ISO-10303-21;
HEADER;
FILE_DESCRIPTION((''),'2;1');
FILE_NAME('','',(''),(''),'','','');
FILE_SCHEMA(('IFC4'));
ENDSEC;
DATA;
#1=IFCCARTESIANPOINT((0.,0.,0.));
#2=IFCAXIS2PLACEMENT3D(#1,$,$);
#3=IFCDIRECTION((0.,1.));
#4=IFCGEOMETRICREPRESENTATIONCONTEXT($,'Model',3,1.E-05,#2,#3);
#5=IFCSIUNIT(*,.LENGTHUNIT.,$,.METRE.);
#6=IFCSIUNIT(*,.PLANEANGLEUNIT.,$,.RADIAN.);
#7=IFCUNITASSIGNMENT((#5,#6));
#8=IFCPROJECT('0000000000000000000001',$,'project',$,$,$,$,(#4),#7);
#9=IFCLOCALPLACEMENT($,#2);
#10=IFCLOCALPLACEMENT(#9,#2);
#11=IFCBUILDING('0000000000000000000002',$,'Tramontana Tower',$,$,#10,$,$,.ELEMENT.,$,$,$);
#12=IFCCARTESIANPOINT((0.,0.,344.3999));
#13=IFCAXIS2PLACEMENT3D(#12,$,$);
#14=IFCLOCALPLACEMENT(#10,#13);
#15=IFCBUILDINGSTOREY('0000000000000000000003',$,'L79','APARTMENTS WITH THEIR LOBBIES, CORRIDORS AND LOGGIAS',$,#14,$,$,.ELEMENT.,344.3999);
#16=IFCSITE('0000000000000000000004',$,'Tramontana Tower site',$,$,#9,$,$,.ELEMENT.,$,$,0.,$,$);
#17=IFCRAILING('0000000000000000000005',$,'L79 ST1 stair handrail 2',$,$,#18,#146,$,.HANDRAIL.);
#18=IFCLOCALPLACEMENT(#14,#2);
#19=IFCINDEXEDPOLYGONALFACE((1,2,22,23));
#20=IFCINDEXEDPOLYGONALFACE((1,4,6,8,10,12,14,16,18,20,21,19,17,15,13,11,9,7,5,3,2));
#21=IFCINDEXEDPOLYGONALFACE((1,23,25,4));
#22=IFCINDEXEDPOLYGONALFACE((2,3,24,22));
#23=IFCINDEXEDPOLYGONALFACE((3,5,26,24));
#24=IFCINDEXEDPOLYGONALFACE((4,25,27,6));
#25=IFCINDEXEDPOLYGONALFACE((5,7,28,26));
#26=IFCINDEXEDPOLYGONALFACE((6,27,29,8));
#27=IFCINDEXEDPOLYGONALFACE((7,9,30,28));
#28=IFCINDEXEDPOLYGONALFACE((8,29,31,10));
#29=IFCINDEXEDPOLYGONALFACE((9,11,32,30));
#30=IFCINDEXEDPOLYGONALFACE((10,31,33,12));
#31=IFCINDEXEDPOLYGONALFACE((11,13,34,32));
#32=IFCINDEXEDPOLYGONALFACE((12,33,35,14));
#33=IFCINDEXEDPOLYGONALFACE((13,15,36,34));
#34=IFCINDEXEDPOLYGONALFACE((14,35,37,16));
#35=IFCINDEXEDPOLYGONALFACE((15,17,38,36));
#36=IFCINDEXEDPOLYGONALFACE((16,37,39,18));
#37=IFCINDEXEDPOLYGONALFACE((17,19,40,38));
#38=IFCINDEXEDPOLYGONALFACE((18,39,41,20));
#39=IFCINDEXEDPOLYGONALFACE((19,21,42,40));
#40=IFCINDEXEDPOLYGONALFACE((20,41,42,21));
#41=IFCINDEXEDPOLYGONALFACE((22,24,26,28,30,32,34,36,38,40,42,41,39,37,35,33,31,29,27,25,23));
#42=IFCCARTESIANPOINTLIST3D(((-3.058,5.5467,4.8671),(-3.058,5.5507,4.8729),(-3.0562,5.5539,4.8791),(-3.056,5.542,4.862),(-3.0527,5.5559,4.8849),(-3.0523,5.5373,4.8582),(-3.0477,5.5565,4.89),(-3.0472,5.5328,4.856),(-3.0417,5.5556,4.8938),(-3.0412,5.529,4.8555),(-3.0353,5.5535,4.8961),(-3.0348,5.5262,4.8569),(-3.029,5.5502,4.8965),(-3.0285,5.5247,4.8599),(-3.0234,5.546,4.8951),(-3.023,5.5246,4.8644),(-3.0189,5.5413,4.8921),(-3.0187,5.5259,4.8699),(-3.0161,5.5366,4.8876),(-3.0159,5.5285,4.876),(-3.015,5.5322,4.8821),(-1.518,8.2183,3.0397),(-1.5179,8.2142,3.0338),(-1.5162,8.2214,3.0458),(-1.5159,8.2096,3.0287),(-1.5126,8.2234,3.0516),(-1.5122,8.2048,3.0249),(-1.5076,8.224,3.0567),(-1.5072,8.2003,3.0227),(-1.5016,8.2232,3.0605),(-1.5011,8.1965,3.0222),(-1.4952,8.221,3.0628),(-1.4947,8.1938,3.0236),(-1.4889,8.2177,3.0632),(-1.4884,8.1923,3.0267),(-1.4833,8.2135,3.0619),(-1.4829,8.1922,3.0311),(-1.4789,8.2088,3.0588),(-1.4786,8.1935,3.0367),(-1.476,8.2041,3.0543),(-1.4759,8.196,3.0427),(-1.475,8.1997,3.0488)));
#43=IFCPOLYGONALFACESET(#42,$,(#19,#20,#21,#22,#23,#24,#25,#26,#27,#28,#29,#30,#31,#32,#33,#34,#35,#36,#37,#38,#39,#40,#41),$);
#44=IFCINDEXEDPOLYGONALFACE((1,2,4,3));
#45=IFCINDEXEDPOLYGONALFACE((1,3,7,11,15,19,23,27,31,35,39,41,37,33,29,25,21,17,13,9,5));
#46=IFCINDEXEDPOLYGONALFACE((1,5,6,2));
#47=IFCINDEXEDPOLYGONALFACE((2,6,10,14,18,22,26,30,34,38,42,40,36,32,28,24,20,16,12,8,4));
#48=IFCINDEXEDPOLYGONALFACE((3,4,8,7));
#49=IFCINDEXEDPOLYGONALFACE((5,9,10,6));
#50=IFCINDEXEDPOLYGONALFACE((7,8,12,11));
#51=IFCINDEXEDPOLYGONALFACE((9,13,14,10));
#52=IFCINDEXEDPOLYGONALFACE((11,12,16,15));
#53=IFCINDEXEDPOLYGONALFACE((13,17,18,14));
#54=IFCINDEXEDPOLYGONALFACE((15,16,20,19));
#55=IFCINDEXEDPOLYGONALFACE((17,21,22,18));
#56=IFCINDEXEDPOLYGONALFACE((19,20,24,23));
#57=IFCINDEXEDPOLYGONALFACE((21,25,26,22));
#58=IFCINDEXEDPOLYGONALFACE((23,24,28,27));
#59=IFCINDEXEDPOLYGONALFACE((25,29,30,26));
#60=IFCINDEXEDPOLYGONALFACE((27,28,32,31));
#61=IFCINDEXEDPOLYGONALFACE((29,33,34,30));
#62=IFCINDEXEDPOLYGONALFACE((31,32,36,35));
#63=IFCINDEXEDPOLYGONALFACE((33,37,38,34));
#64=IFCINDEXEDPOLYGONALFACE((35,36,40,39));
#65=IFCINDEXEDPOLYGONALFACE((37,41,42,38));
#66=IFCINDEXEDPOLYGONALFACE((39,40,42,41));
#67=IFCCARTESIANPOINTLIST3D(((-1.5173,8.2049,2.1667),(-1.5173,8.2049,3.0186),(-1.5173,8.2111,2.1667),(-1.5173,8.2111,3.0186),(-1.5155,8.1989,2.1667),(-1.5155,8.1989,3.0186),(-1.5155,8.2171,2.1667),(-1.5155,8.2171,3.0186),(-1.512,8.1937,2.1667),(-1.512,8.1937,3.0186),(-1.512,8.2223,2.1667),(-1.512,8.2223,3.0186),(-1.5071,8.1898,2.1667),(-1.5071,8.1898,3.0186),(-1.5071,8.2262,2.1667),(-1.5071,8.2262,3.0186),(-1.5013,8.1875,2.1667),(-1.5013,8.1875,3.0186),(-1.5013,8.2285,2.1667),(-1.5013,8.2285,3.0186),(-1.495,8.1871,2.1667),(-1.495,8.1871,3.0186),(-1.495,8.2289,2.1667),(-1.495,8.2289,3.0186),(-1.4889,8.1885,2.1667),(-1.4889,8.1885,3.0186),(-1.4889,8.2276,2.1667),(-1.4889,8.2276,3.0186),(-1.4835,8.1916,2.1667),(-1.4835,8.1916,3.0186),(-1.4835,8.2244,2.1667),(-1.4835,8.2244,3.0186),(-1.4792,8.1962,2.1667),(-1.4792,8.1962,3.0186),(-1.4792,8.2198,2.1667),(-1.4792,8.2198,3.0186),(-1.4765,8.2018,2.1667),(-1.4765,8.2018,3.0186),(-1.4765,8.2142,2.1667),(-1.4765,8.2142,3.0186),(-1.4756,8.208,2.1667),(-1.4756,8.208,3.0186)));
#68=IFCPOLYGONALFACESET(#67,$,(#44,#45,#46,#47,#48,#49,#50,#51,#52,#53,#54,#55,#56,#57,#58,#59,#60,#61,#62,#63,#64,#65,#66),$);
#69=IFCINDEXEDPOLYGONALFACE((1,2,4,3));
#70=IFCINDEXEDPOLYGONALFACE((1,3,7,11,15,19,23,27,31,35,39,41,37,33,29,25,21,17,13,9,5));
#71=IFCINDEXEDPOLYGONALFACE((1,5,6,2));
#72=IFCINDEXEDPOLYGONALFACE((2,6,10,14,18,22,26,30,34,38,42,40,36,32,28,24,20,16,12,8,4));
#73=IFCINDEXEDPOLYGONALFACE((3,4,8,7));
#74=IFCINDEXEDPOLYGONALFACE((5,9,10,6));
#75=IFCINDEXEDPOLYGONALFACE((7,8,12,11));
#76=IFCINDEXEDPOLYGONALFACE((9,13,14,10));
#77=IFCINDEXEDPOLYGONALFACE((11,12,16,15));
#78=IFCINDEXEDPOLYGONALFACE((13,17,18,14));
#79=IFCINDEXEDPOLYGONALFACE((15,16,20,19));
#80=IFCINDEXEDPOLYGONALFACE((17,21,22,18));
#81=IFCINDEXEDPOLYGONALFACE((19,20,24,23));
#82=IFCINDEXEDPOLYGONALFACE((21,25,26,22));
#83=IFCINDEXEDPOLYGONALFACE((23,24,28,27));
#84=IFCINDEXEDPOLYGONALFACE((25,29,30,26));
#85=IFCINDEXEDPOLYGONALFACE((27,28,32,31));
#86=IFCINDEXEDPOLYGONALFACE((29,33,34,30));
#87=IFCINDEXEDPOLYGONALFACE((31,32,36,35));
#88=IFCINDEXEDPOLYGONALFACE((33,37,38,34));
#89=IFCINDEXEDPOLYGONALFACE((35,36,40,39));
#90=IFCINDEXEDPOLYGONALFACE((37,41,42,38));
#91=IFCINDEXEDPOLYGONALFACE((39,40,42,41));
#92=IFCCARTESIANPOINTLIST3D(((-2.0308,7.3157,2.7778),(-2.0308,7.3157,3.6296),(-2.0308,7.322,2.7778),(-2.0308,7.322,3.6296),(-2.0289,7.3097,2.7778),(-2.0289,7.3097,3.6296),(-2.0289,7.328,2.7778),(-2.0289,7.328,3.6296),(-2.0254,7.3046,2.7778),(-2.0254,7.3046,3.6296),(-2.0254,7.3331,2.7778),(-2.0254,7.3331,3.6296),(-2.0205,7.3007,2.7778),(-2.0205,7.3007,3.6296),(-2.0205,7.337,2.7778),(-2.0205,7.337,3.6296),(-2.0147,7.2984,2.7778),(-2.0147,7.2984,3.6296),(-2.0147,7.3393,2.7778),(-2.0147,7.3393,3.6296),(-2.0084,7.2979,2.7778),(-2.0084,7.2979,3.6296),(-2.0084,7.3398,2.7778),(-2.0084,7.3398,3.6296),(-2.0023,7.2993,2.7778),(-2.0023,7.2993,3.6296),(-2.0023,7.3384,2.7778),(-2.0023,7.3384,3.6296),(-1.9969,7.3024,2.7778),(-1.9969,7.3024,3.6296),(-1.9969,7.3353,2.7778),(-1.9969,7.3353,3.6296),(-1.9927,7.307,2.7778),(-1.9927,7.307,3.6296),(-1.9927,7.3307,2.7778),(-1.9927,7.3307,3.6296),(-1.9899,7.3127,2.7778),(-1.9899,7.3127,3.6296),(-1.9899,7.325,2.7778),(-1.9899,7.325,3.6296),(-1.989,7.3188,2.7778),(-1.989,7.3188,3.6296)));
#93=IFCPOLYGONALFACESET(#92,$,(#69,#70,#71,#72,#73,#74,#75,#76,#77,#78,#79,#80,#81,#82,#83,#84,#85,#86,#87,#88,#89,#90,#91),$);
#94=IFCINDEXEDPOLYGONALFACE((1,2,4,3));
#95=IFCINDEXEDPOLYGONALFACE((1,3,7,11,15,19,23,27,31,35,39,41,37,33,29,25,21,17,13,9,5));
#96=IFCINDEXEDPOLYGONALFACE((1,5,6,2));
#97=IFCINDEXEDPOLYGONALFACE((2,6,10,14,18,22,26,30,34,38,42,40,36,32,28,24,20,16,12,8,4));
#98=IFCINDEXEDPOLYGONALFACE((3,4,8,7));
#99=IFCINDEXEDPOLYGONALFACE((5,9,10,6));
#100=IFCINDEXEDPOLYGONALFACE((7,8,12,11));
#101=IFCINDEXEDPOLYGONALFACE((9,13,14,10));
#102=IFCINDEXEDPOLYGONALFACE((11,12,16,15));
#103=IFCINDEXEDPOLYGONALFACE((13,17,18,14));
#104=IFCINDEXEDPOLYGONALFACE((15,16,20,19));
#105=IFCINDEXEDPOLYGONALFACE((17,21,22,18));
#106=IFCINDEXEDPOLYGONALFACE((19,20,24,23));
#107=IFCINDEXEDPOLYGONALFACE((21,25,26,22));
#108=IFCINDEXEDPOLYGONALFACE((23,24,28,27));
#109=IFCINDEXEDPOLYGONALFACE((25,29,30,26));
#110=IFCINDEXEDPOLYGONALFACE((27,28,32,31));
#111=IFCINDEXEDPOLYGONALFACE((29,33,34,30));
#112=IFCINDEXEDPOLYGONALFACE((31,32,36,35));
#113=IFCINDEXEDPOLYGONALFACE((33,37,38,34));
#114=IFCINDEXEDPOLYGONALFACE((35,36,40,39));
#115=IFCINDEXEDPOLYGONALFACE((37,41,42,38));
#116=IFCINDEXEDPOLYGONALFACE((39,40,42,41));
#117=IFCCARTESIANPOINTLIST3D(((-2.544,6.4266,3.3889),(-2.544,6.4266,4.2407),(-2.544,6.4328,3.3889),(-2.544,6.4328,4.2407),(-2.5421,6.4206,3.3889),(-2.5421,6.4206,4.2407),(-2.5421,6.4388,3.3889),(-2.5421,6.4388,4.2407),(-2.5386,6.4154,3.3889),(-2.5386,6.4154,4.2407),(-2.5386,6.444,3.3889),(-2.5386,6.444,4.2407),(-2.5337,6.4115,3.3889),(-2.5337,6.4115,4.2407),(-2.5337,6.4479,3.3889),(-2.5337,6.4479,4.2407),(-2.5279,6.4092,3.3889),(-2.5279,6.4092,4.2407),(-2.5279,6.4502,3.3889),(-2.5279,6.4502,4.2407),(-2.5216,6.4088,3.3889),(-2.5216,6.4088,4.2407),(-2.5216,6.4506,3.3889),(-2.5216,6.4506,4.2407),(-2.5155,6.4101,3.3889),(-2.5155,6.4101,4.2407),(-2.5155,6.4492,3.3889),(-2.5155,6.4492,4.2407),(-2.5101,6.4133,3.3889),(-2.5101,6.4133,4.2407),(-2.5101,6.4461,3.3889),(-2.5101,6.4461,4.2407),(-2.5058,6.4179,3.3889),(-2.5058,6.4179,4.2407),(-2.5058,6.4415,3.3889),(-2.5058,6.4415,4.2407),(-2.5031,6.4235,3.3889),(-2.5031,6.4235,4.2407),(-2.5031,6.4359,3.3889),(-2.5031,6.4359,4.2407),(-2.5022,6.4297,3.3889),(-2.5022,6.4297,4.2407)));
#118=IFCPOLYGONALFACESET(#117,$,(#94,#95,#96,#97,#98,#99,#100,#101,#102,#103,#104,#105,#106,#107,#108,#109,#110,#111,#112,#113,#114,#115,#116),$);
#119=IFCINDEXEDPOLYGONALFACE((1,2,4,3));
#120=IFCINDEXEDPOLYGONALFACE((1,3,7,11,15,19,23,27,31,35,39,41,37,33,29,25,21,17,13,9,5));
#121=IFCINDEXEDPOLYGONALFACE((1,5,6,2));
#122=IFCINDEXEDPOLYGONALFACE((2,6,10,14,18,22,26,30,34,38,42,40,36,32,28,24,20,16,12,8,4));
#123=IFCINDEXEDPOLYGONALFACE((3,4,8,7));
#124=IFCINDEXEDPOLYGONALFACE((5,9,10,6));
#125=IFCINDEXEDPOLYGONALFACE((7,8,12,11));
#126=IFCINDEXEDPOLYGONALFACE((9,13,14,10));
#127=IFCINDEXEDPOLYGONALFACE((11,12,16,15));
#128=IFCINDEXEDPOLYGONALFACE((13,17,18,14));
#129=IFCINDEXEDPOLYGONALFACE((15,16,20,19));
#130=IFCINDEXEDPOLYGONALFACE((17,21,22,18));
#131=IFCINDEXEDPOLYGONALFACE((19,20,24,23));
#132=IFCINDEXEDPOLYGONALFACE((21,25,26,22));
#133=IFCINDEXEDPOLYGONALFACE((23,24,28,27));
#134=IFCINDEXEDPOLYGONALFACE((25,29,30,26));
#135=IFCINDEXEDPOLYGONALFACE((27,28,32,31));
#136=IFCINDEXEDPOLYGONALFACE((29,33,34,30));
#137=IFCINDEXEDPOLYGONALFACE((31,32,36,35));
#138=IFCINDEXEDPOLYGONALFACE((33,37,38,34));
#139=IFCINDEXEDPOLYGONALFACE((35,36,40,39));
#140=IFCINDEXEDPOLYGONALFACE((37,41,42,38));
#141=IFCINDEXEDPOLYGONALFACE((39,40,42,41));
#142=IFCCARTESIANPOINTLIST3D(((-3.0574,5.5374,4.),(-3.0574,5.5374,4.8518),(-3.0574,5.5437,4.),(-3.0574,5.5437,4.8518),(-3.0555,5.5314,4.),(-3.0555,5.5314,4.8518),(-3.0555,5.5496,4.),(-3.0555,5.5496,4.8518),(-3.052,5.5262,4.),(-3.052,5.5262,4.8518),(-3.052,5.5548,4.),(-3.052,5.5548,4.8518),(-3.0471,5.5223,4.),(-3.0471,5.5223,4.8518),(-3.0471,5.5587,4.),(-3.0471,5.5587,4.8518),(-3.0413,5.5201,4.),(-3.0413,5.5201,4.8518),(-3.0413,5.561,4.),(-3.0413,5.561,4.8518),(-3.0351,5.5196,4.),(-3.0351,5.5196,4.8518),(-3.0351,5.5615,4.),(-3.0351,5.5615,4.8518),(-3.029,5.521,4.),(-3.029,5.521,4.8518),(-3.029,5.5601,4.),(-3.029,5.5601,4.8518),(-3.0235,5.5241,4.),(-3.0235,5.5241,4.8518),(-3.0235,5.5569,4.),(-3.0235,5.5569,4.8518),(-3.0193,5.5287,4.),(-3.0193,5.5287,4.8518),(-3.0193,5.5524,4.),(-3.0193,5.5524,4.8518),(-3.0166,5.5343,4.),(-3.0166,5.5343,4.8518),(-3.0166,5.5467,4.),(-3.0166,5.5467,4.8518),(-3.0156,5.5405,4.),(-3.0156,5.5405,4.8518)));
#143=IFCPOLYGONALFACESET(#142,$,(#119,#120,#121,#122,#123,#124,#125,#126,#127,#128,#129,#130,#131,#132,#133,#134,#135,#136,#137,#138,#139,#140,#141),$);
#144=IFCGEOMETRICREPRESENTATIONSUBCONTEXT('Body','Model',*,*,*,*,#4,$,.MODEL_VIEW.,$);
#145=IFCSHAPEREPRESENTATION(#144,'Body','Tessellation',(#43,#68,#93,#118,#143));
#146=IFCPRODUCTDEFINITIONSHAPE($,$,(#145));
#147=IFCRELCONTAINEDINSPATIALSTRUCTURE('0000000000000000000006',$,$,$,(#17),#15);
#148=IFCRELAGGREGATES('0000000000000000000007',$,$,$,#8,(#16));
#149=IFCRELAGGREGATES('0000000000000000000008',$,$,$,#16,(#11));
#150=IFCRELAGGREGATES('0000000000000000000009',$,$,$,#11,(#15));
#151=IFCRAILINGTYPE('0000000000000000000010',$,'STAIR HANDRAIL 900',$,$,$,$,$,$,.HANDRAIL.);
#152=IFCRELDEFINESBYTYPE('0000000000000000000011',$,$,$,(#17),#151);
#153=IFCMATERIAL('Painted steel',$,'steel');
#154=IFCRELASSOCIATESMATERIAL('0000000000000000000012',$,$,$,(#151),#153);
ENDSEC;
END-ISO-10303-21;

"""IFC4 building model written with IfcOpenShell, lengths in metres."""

from ifc_helpers import new_model, si_unit, direction, frame, origin, origin_2d, place, context, subcontext, project, spatial, circle, extrude, material, type_object, element, save


model = new_model("IFC4")

# Units and contexts
model_context = context("Model", 3, precision=1e-05, world=origin(), true_north=direction((0.0, 1.0)))
body_context = subcontext(model_context, "Body", "Model", "MODEL_VIEW")
ifc_project = project(units=[si_unit("LENGTHUNIT", "METRE"), si_unit("PLANEANGLEUNIT", "RADIAN")], contexts=[model_context])

# Site, building, storey
site_placement = place(None, origin())
site = spatial("IfcSite", under=ifc_project, at=site_placement, Name="Tramontana Tower site", CompositionType="ELEMENT", RefElevation=0.0)
building_placement = place(site_placement, origin())
building = spatial("IfcBuilding", under=site, at=building_placement, Name="Tramontana Tower", CompositionType="ELEMENT")
storey_placement = place(building_placement, frame((0.0, 0.0, 344.3999)))
storey = spatial("IfcBuildingStorey", under=building, at=storey_placement, Name="L79", Description="APARTMENTS WITH THEIR LOBBIES, CORRIDORS AND LOGGIAS", CompositionType="ELEMENT", Elevation=344.3999)

# Railing
ifc_material_1 = material(Name="Painted steel", Category="steel")
railing_type_1 = type_object("IfcRailingType", Name="STAIR HANDRAIL 900", PredefinedType="HANDRAIL", material=ifc_material_1)
railing_1_placement = place(storey_placement, frame((-1.4966, 8.208, 2.1667)))
element("IfcRailing", 1, at=railing_1_placement, inside=storey, type_object=railing_type_1, Name="L79 ST1 stair handrail 2", PredefinedType="HANDRAIL", context=body_context, shape_type="SweptSolid", body=[
    extrude(circle(Radius=0.0239, at=origin_2d()), frame((0.0, 0.0, 0.876), z_axis=(-0.429649, -0.74419, 0.511452), x_axis=(0.86603, -0.499992, 0.0)), (0.0, 0.0, 1.0), 3.5845),
    extrude(circle(Radius=0.021, at=origin_2d()), origin(), (0.0, 0.0, 1.0), 0.8518),
    extrude(circle(Radius=0.021, at=origin_2d()), frame((-0.5134, -0.8892, 0.6111)), (0.0, 0.0, 1.0), 0.8518),
    extrude(circle(Radius=0.021, at=origin_2d()), frame((-1.0266, -1.7783, 1.2222)), (0.0, 0.0, 1.0), 0.8518),
    extrude(circle(Radius=0.021, at=origin_2d()), frame((-1.54, -2.6675, 1.8333)), (0.0, 0.0, 1.0), 0.8518),
])

save(model, "model.ifc")
